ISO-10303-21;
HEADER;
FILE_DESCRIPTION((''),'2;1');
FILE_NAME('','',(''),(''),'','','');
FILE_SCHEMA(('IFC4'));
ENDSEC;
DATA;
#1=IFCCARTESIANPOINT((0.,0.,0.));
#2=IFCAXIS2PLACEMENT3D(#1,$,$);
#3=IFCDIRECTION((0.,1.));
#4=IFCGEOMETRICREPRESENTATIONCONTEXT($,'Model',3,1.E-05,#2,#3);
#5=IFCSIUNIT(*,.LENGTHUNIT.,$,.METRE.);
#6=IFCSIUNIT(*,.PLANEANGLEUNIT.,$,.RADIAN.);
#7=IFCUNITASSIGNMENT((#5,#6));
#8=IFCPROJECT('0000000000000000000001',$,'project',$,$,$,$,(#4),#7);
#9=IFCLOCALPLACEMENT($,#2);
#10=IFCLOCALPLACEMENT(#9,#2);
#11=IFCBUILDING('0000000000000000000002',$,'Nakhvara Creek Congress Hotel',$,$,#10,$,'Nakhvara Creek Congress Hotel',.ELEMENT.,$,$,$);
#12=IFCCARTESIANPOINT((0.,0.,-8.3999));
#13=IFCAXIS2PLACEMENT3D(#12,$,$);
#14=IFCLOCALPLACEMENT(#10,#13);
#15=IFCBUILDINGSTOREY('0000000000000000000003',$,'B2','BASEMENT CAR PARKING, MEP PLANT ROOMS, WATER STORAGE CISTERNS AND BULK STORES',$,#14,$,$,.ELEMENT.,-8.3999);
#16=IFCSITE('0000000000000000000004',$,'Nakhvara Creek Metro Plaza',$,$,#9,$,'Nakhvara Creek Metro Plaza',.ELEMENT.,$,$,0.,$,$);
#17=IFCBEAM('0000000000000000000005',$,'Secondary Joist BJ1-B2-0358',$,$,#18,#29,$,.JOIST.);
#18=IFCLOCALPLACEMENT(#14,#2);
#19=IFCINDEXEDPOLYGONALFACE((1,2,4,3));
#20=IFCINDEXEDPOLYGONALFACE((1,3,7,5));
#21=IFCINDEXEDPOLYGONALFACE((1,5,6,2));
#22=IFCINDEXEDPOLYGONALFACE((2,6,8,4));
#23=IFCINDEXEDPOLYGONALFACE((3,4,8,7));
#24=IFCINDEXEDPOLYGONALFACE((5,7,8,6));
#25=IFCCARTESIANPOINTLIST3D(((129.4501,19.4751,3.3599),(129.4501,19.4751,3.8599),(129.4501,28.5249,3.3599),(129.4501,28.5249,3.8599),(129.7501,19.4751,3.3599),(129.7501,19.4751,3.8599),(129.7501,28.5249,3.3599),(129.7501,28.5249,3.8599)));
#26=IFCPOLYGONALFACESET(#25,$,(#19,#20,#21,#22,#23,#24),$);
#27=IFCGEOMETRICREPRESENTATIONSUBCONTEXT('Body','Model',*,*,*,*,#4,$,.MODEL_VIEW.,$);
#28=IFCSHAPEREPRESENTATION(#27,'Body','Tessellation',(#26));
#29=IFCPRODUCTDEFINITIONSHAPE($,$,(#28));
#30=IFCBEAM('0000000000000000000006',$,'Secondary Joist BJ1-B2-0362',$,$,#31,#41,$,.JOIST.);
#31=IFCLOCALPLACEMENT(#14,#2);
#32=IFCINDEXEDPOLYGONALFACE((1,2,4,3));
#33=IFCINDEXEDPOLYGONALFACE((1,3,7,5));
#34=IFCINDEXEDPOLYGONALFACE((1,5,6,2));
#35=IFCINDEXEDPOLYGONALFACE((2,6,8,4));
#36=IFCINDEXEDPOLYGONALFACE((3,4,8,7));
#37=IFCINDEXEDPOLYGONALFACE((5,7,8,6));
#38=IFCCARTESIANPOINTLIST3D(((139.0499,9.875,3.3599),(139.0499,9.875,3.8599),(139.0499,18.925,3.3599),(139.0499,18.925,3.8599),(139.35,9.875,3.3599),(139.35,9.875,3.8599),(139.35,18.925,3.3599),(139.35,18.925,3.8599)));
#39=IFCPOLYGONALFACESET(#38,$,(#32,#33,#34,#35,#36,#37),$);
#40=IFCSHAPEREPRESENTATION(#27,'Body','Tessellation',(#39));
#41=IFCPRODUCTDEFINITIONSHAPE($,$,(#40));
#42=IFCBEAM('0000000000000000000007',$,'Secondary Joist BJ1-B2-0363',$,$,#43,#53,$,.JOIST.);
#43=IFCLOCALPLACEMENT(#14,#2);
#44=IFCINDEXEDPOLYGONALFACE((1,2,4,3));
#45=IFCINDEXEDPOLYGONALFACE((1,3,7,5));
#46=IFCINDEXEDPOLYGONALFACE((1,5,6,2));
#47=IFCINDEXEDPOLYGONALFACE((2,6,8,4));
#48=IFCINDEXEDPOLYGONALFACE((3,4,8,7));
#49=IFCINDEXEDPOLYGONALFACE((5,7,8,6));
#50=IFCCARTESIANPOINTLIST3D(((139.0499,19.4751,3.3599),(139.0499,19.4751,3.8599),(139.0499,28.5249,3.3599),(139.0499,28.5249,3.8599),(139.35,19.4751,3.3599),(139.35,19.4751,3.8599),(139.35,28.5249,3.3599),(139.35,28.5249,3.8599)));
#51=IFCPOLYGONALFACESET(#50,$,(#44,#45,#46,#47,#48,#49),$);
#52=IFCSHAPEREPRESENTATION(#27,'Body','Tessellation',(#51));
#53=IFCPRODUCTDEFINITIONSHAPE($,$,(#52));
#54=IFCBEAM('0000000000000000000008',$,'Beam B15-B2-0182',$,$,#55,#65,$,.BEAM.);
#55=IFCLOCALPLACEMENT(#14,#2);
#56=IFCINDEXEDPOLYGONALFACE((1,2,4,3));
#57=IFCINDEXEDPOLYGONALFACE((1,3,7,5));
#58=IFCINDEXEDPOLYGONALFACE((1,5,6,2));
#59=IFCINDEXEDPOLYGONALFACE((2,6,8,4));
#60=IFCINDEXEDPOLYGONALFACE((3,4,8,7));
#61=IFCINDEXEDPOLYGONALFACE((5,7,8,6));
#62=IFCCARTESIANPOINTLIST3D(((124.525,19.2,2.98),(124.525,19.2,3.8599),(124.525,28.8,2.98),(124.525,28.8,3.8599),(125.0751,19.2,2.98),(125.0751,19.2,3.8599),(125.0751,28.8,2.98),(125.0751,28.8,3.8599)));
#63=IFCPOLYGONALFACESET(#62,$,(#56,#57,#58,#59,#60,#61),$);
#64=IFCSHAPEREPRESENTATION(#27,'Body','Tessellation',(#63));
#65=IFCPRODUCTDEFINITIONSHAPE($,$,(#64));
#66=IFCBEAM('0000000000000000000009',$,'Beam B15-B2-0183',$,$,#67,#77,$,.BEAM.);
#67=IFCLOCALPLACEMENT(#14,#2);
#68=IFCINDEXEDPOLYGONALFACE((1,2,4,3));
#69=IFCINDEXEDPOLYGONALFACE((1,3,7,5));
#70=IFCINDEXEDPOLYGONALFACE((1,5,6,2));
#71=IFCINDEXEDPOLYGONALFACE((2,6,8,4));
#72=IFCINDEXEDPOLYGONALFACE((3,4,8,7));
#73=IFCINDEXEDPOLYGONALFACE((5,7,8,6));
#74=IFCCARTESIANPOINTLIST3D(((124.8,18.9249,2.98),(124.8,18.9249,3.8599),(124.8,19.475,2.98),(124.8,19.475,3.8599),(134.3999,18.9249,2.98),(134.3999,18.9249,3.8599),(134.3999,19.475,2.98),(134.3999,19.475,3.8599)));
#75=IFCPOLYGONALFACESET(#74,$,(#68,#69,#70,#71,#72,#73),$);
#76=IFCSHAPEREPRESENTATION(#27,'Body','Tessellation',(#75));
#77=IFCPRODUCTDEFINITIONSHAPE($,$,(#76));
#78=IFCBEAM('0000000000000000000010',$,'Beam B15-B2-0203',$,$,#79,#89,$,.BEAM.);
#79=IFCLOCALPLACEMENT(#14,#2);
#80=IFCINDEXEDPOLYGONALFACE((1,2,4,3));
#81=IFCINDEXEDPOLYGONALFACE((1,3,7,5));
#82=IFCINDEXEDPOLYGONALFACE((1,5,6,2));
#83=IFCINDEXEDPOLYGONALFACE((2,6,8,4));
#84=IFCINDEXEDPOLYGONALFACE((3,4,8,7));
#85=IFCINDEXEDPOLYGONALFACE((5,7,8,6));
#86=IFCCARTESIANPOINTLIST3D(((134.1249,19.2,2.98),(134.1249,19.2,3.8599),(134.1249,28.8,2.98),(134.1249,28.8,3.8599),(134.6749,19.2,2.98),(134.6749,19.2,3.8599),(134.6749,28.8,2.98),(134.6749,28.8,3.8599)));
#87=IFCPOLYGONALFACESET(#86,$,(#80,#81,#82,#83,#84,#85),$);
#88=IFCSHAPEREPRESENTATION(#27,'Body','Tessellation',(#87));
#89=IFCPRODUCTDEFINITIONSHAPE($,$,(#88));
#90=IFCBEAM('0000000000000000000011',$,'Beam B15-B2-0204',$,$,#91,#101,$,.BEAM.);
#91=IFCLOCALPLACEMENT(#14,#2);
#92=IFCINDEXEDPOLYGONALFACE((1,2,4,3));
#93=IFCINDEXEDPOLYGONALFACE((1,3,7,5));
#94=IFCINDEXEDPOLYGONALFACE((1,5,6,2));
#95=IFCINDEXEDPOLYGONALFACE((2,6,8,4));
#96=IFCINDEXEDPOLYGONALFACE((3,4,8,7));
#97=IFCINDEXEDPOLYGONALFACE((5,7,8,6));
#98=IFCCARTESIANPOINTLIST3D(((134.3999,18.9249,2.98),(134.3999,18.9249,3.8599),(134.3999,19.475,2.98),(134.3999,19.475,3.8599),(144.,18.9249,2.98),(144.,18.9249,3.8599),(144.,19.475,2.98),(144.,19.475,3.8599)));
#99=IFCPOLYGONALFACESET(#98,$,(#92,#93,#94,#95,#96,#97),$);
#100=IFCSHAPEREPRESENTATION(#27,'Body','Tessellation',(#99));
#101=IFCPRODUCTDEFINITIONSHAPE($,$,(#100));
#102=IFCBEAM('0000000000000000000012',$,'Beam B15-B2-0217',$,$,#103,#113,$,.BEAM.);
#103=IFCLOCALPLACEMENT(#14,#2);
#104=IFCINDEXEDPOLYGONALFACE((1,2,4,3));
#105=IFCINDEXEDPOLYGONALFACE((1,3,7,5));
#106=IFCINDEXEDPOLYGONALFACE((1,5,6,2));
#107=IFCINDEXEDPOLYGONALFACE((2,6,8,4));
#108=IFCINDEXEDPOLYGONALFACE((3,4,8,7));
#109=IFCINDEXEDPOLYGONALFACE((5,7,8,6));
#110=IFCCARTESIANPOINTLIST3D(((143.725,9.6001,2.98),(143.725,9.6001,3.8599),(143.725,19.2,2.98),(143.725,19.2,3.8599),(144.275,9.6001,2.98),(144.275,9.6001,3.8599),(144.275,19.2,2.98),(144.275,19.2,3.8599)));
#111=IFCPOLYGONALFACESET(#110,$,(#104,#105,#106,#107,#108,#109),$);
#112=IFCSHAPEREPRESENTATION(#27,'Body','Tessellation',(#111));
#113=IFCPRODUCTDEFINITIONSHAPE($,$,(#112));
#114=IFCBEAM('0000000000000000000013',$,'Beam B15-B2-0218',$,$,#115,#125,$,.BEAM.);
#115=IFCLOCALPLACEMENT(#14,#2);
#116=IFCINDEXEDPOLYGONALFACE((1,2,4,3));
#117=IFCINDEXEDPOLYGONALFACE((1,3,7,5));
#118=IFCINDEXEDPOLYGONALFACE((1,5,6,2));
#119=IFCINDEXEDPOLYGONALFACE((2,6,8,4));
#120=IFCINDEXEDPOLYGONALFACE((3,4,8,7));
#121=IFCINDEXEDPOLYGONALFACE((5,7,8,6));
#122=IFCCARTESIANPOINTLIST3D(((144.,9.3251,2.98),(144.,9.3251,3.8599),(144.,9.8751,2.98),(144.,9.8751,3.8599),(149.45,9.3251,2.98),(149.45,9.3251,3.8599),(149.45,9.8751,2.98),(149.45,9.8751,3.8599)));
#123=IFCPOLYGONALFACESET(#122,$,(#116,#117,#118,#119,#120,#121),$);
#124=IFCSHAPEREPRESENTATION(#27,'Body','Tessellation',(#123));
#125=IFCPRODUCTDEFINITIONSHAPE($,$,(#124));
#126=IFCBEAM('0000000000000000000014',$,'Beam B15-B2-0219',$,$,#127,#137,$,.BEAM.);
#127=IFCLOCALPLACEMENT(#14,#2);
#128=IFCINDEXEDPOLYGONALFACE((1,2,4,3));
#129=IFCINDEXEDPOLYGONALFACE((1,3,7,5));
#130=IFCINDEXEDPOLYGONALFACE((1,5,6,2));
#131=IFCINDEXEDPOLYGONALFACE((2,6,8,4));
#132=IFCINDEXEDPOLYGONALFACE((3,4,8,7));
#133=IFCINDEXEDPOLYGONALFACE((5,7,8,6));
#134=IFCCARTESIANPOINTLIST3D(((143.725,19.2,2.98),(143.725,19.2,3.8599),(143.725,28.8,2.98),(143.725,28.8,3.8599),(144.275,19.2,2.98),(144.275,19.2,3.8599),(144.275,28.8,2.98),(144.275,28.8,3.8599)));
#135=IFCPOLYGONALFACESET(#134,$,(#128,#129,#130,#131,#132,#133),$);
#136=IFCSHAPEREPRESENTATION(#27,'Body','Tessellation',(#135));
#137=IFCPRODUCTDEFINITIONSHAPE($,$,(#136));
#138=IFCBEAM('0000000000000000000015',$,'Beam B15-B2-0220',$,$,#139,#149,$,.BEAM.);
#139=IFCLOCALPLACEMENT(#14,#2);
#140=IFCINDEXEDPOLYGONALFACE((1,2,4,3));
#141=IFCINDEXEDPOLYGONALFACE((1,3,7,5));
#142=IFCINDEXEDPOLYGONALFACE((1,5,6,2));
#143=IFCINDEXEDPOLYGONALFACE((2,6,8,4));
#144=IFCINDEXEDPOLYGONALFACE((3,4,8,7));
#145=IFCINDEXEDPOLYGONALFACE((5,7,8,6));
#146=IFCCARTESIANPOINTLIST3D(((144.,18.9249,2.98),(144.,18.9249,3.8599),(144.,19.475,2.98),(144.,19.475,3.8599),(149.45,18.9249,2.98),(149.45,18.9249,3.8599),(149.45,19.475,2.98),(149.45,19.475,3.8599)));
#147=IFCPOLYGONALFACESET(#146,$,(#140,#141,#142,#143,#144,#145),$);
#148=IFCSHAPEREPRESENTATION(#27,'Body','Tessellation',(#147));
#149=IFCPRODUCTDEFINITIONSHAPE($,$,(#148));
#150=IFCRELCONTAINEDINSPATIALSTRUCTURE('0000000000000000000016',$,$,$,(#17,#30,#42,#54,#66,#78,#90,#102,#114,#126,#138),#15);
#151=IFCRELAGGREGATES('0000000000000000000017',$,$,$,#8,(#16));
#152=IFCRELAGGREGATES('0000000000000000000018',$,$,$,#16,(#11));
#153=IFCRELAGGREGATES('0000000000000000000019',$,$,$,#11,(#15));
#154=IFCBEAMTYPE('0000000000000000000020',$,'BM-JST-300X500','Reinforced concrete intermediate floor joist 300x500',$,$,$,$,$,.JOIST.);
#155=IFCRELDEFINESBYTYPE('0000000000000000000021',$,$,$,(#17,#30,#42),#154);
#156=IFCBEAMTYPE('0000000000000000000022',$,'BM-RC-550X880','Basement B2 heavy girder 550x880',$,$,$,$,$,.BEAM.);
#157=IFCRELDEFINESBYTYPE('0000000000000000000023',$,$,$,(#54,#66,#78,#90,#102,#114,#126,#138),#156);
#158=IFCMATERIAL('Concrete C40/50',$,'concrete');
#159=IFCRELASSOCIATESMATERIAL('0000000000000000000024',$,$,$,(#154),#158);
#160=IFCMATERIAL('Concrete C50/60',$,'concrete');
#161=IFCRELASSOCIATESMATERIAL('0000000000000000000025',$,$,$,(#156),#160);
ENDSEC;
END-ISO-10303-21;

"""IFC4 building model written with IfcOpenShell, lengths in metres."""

from ifc_helpers import new_model, si_unit, direction, frame, origin, origin_2d, place, context, subcontext, project, spatial, rectangle, extrude, material, material_profile, profile_set, type_object, element, save


model = new_model("IFC4")

# Units and contexts
model_context = context("Model", 3, precision=1e-05, world=origin(), true_north=direction((0.0, 1.0)))
body_context = subcontext(model_context, "Body", "Model", "MODEL_VIEW")
ifc_project = project(units=[si_unit("LENGTHUNIT", "METRE"), si_unit("PLANEANGLEUNIT", "RADIAN")], contexts=[model_context])

# Site, building, storey
site_placement = place(None, origin())
site = spatial("IfcSite", under=ifc_project, at=site_placement, Name="Nakhvara Creek Metro Plaza", LongName="Nakhvara Creek Metro Plaza", CompositionType="ELEMENT", RefElevation=0.0)
building_placement = place(site_placement, origin())
building = spatial("IfcBuilding", under=site, at=building_placement, Name="Nakhvara Creek Congress Hotel", LongName="Nakhvara Creek Congress Hotel", CompositionType="ELEMENT")
storey_placement = place(building_placement, frame((0.0, 0.0, -8.3999)))
storey = spatial("IfcBuildingStorey", under=building, at=storey_placement, Name="B2", Description="BASEMENT CAR PARKING, MEP PLANT ROOMS, WATER STORAGE CISTERNS AND BULK STORES", CompositionType="ELEMENT", Elevation=-8.3999)

# Shared definitions
ifc_material_1 = material(Name="Concrete C40/50", Category="concrete")

# Shared definitions
ifc_material_2 = material(Name="Concrete C50/60", Category="concrete")

# Beams
ifc_material_profile_1 = material_profile(ifc_material_1, rectangle(XDim=0.3, YDim=0.5, at=origin_2d()), Name="RC-BM 300x500", Category="LoadBearing")
ifc_profile_set_1 = profile_set([ifc_material_profile_1], Name="Concrete C40/50")
beam_type_1 = type_object("IfcBeamType", Name="BM-JST-300X500", Description="Reinforced concrete intermediate floor joist 300x500", PredefinedType="JOIST", material=ifc_profile_set_1)
beam_1_placement = place(storey_placement, frame((129.6001, 19.4751, 3.6099), z_axis=(0.0, 1.0, 0.0), x_axis=(-1.0, 0.0, 0.0)))
element("IfcBeam", 1, at=beam_1_placement, inside=storey, type_object=beam_type_1, Name="Secondary Joist BJ1-B2-0358", PredefinedType="JOIST", context=body_context, shape_type="SweptSolid", body=[
    extrude(rectangle(XDim=0.3, YDim=0.5, at=origin_2d()), origin(), (0.0, 0.0, 1.0), 9.0498),
])
beam_2_placement = place(storey_placement, frame((139.2, 9.875, 3.6099), z_axis=(0.0, 1.0, 0.0), x_axis=(-1.0, 0.0, 0.0)))
element("IfcBeam", 2, at=beam_2_placement, inside=storey, type_object=beam_type_1, Name="Secondary Joist BJ1-B2-0362", PredefinedType="JOIST", context=body_context, shape_type="SweptSolid", body=[
    extrude(rectangle(XDim=0.3, YDim=0.5, at=origin_2d()), origin(), (0.0, 0.0, 1.0), 9.05),
])
beam_3_placement = place(storey_placement, frame((139.2, 19.4751, 3.6099), z_axis=(0.0, 1.0, 0.0), x_axis=(-1.0, 0.0, 0.0)))
element("IfcBeam", 3, at=beam_3_placement, inside=storey, type_object=beam_type_1, Name="Secondary Joist BJ1-B2-0363", PredefinedType="JOIST", context=body_context, shape_type="SweptSolid", body=[
    extrude(rectangle(XDim=0.3, YDim=0.5, at=origin_2d()), origin(), (0.0, 0.0, 1.0), 9.0498),
])
ifc_material_profile_2 = material_profile(ifc_material_2, rectangle(XDim=0.55, YDim=0.8799, at=origin_2d()), Name="RC-BM 550x880", Category="LoadBearing")
ifc_profile_set_2 = profile_set([ifc_material_profile_2], Name="Concrete C50/60")
beam_type_2 = type_object("IfcBeamType", Name="BM-RC-550X880", Description="Basement B2 heavy girder 550x880", PredefinedType="BEAM", material=ifc_profile_set_2)
beam_4_placement = place(storey_placement, frame((124.8, 19.2, 3.4199), z_axis=(0.0, 1.0, 0.0), x_axis=(-1.0, 0.0, 0.0)))
element("IfcBeam", 4, at=beam_4_placement, inside=storey, type_object=beam_type_2, Name="Beam B15-B2-0182", PredefinedType="BEAM", context=body_context, shape_type="SweptSolid", body=[
    extrude(rectangle(XDim=0.55, YDim=0.8799, at=origin_2d()), origin(), (0.0, 0.0, 1.0), 9.6001),
])
beam_5_placement = place(storey_placement, frame((124.8, 19.2, 3.4199), z_axis=(1.0, 0.0, 0.0), x_axis=(0.0, 1.0, 0.0)))
element("IfcBeam", 5, at=beam_5_placement, inside=storey, type_object=beam_type_2, Name="Beam B15-B2-0183", PredefinedType="BEAM", context=body_context, shape_type="SweptSolid", body=[
    extrude(rectangle(XDim=0.55, YDim=0.8799, at=origin_2d()), origin(), (0.0, 0.0, 1.0), 9.5999),
])
for number, where, z_axis, x_axis, name in (
    (6, (134.3999, 19.2, 3.4199), (0.0, 1.0, 0.0), (-1.0, 0.0, 0.0), "Beam B15-B2-0203"),
    (7, (134.3999, 19.2, 3.4199), (1.0, 0.0, 0.0), (0.0, 1.0, 0.0), "Beam B15-B2-0204"),
):
    element("IfcBeam", number, at=place(storey_placement, frame(where, z_axis=z_axis, x_axis=x_axis)), inside=storey, type_object=beam_type_2, Name=name, PredefinedType="BEAM", context=body_context, shape_type="SweptSolid", body=[
        extrude(rectangle(XDim=0.55, YDim=0.8799, at=origin_2d()), origin(), (0.0, 0.0, 1.0), 9.6001),
    ])
beam_6_placement = place(storey_placement, frame((144.0, 9.6001, 3.4199), z_axis=(0.0, 1.0, 0.0), x_axis=(-1.0, 0.0, 0.0)))
element("IfcBeam", 8, at=beam_6_placement, inside=storey, type_object=beam_type_2, Name="Beam B15-B2-0217", PredefinedType="BEAM", context=body_context, shape_type="SweptSolid", body=[
    extrude(rectangle(XDim=0.55, YDim=0.8799, at=origin_2d()), origin(), (0.0, 0.0, 1.0), 9.5999),
])
beam_7_placement = place(storey_placement, frame((144.0, 9.6001, 3.4199), z_axis=(1.0, 0.0, 0.0), x_axis=(0.0, 1.0, 0.0)))
element("IfcBeam", 9, at=beam_7_placement, inside=storey, type_object=beam_type_2, Name="Beam B15-B2-0218", PredefinedType="BEAM", context=body_context, shape_type="SweptSolid", body=[
    extrude(rectangle(XDim=0.55, YDim=0.8799, at=origin_2d()), origin(), (0.0, 0.0, 1.0), 5.45),
])
beam_8_placement = place(storey_placement, frame((144.0, 19.2, 3.4199), z_axis=(0.0, 1.0, 0.0), x_axis=(-1.0, 0.0, 0.0)))
element("IfcBeam", 10, at=beam_8_placement, inside=storey, type_object=beam_type_2, Name="Beam B15-B2-0219", PredefinedType="BEAM", context=body_context, shape_type="SweptSolid", body=[
    extrude(rectangle(XDim=0.55, YDim=0.8799, at=origin_2d()), origin(), (0.0, 0.0, 1.0), 9.6001),
])
beam_9_placement = place(storey_placement, frame((144.0, 19.2, 3.4199), z_axis=(1.0, 0.0, 0.0), x_axis=(0.0, 1.0, 0.0)))
element("IfcBeam", 11, at=beam_9_placement, inside=storey, type_object=beam_type_2, Name="Beam B15-B2-0220", PredefinedType="BEAM", context=body_context, shape_type="SweptSolid", body=[
    extrude(rectangle(XDim=0.55, YDim=0.8799, at=origin_2d()), origin(), (0.0, 0.0, 1.0), 5.45),
])

save(model, "model.ifc")
